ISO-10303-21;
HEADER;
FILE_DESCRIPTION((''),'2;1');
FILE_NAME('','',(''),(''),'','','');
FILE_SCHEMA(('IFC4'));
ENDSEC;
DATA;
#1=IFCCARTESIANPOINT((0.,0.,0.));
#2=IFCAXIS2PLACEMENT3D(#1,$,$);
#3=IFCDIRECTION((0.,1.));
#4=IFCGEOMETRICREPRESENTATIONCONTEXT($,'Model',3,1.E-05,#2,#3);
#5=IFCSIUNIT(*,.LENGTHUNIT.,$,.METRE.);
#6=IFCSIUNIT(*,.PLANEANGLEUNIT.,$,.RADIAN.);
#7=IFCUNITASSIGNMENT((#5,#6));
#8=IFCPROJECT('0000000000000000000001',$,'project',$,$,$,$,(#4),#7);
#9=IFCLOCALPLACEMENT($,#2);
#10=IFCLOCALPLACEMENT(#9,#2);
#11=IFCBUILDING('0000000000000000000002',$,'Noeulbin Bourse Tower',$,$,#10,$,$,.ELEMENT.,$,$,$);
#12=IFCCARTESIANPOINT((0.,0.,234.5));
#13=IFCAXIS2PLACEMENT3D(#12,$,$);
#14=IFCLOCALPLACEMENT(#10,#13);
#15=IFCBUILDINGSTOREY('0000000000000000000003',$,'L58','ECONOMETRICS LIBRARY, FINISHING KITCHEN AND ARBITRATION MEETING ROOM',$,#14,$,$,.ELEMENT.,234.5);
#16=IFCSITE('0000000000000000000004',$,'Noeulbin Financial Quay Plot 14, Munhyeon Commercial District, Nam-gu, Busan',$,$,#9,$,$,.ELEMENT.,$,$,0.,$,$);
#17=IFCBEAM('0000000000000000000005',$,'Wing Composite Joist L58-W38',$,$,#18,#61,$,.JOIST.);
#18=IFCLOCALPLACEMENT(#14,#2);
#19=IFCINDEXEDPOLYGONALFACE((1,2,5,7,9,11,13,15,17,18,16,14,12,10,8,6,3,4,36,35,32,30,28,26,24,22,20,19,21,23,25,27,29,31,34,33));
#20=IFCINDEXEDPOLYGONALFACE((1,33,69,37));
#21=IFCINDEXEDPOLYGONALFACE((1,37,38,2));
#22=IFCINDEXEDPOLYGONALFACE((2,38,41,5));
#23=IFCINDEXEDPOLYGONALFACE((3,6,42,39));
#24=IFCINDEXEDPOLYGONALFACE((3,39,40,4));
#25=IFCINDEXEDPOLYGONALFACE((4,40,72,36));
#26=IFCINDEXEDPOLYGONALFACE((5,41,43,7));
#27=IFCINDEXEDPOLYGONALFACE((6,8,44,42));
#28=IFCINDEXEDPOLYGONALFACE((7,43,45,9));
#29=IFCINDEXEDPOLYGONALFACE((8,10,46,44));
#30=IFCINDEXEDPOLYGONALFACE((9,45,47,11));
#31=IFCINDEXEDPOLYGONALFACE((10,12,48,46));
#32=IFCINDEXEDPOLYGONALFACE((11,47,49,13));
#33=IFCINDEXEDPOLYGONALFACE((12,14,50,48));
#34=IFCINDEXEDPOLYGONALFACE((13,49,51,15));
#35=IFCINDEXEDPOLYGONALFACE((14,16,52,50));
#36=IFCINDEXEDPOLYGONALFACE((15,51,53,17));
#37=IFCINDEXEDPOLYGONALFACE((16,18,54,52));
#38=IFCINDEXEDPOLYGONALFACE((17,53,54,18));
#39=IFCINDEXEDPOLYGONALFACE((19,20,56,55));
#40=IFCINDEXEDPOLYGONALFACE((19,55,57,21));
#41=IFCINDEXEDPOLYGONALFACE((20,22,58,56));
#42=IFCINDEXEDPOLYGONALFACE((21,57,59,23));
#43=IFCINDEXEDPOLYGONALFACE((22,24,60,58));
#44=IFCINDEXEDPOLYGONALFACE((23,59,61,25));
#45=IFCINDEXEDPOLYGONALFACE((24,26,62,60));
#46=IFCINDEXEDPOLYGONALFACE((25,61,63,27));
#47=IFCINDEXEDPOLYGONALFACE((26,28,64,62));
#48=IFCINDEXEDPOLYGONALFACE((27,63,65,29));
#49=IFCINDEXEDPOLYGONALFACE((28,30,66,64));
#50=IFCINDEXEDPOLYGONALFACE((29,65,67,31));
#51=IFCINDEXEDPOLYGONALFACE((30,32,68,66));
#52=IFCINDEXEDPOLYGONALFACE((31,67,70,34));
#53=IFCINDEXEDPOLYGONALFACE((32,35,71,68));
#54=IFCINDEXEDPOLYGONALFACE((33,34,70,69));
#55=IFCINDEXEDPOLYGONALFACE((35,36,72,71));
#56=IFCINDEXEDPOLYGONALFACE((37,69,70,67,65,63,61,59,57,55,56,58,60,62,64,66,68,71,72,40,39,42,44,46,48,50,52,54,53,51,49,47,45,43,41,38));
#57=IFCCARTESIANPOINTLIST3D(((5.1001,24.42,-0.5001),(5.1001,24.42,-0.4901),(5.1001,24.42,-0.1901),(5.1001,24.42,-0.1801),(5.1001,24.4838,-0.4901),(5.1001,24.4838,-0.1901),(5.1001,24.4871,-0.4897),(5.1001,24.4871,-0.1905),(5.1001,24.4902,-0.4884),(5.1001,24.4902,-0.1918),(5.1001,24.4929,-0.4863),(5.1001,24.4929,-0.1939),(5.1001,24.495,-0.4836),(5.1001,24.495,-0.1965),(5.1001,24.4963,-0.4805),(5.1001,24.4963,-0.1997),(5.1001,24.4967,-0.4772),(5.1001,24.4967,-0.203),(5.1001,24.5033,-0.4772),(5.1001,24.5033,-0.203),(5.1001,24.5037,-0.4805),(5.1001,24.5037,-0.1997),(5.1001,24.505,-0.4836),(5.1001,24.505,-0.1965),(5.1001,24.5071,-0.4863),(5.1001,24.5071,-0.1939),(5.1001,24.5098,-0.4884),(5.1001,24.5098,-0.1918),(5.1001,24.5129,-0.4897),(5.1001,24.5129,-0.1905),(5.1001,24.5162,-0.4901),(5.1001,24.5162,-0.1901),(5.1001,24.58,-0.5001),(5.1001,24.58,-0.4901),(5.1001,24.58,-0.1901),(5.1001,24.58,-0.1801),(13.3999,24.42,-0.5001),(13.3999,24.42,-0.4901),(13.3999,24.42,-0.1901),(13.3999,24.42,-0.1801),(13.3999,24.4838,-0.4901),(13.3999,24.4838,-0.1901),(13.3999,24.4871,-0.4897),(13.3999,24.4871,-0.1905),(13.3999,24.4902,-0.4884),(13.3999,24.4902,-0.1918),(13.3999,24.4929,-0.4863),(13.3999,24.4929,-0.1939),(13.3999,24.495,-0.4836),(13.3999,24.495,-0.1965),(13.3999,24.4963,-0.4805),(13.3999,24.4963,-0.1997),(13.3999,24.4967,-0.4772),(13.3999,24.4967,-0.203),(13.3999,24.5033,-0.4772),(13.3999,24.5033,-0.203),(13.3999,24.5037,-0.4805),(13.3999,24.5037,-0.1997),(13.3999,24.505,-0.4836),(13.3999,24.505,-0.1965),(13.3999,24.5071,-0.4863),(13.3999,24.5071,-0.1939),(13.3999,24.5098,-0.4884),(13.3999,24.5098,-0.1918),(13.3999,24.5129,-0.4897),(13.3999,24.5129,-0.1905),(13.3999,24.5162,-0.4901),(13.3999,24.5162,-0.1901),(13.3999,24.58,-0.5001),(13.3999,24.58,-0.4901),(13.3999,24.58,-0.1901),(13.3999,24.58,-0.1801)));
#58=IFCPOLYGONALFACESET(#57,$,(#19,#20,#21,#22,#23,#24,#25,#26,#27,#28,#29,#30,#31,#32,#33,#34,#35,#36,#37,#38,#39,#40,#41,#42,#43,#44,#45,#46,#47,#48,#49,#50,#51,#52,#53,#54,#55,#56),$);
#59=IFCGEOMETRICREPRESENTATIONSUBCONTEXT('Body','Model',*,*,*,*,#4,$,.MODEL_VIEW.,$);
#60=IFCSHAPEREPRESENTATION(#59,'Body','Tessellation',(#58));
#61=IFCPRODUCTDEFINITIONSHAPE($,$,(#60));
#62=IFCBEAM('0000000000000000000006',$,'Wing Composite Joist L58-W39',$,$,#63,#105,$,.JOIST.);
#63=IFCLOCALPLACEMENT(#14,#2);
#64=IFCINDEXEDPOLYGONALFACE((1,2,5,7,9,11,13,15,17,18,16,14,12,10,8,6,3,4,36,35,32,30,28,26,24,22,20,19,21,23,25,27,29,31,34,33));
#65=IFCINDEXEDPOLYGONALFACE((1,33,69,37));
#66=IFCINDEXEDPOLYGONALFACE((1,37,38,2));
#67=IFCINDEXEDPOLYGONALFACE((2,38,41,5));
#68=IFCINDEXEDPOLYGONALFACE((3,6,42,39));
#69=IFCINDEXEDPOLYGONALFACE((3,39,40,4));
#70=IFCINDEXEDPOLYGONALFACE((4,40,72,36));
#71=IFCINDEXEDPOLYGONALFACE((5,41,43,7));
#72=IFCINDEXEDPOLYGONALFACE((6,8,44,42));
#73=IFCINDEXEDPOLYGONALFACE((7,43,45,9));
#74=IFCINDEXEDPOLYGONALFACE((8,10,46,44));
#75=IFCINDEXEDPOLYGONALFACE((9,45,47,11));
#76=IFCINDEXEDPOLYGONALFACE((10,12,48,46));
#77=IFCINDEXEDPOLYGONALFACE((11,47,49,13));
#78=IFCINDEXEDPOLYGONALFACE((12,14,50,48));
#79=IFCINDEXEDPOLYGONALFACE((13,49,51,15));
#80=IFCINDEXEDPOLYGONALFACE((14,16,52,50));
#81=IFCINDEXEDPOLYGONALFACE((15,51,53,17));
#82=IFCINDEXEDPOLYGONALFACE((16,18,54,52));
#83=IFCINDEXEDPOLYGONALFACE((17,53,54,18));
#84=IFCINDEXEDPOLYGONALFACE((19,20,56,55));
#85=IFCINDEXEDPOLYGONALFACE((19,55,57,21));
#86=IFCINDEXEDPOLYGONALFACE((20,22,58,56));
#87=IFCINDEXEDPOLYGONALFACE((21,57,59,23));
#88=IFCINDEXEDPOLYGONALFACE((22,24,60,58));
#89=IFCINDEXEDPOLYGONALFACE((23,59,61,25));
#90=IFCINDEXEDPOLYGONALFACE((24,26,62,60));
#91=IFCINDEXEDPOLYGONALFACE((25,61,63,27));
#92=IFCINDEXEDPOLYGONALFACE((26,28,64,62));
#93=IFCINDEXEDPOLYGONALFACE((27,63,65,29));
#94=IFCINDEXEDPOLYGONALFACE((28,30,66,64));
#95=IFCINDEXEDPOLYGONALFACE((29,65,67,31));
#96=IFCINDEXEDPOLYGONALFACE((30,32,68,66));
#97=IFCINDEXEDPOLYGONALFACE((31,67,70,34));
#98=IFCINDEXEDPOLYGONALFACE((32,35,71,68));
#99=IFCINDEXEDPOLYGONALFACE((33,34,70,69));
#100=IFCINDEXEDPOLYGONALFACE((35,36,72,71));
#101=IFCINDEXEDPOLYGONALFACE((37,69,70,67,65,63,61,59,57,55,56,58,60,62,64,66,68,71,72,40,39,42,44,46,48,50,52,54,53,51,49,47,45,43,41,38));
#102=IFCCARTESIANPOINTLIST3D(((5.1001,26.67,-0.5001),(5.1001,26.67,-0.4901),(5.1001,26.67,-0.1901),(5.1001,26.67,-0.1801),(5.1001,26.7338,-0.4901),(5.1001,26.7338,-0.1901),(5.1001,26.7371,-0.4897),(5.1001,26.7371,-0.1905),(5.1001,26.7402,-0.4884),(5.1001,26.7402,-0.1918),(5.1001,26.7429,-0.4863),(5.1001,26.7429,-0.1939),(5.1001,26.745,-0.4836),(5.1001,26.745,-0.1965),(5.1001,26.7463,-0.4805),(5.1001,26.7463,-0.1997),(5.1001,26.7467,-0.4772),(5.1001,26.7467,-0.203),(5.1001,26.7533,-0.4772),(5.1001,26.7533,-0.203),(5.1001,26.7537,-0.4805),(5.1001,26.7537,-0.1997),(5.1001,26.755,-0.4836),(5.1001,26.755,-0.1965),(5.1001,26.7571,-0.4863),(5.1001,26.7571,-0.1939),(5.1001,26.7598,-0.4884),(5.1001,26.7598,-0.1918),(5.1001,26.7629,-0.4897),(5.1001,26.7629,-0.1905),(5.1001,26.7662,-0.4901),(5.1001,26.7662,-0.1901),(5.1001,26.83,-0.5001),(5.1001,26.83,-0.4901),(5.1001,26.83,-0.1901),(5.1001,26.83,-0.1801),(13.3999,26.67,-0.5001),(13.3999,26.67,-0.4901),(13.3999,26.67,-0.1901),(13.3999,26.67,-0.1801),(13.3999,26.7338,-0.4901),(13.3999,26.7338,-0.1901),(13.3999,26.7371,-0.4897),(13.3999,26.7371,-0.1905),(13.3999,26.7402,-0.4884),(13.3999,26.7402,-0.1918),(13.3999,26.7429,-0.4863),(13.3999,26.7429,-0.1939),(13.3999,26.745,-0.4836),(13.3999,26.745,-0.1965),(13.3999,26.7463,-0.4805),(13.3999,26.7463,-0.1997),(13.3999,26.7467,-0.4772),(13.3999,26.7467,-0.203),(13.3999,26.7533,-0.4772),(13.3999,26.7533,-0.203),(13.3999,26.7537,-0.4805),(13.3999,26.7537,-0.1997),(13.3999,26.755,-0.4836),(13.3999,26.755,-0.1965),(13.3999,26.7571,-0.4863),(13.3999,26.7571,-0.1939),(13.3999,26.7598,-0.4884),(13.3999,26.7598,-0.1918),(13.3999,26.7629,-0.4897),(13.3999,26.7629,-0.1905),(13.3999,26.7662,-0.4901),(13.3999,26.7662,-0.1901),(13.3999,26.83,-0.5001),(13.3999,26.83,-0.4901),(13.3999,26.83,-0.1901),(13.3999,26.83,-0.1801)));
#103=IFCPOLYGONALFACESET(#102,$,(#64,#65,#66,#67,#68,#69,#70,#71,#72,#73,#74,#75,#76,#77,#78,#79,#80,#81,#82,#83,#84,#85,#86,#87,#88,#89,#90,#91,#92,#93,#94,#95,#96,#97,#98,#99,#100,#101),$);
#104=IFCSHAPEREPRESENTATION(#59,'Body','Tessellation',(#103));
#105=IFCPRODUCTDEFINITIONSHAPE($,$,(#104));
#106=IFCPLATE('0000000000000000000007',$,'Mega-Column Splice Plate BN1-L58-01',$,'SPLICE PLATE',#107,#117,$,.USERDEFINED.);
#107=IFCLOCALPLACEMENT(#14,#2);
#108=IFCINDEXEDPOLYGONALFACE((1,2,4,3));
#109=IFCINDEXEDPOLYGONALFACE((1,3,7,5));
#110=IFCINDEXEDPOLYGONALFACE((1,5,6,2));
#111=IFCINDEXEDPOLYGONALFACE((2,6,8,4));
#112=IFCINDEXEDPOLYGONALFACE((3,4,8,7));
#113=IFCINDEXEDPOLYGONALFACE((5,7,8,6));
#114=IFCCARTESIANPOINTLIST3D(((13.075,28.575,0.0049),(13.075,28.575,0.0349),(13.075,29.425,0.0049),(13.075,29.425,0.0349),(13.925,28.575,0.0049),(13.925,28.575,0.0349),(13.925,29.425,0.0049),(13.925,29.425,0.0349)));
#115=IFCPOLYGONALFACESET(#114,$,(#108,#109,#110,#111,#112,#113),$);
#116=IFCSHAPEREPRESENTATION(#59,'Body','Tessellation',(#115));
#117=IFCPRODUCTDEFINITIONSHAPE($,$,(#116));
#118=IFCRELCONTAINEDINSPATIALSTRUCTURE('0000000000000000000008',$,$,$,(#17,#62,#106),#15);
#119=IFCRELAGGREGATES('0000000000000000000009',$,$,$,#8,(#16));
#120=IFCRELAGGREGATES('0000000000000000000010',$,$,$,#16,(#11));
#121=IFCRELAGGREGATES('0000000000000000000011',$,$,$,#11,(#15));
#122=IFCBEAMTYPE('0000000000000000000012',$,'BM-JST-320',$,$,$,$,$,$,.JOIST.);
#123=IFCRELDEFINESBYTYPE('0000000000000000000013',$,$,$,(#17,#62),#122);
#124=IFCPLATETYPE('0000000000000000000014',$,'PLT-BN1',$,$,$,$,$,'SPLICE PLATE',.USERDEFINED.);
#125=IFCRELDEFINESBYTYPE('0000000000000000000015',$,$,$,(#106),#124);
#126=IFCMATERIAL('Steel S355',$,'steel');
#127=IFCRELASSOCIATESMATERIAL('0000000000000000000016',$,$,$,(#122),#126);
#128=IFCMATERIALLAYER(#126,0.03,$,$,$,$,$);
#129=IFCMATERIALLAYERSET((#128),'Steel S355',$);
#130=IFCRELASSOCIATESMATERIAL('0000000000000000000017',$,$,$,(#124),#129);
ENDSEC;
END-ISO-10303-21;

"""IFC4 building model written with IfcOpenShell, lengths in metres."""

from ifc_helpers import new_model, si_unit, direction, frame, origin, origin_2d, place, context, subcontext, project, spatial, rectangle, i_section, extrude, material, layer, layer_set, material_profile, profile_set, type_object, element, save


model = new_model("IFC4")

# Units and contexts
model_context = context("Model", 3, precision=1e-05, world=origin(), true_north=direction((0.0, 1.0)))
body_context = subcontext(model_context, "Body", "Model", "MODEL_VIEW")
ifc_project = project(units=[si_unit("LENGTHUNIT", "METRE"), si_unit("PLANEANGLEUNIT", "RADIAN")], contexts=[model_context])

# Site, building, storey
site_placement = place(None, origin())
site = spatial("IfcSite", under=ifc_project, at=site_placement, Name="Noeulbin Financial Quay Plot 14, Munhyeon Commercial District, Nam-gu, Busan", CompositionType="ELEMENT", RefElevation=0.0)
building_placement = place(site_placement, origin())
building = spatial("IfcBuilding", under=site, at=building_placement, Name="Noeulbin Bourse Tower", CompositionType="ELEMENT")
storey_placement = place(building_placement, frame((0.0, 0.0, 234.5)))
storey = spatial("IfcBuildingStorey", under=building, at=storey_placement, Name="L58", Description="ECONOMETRICS LIBRARY, FINISHING KITCHEN AND ARBITRATION MEETING ROOM", CompositionType="ELEMENT", Elevation=234.5)

# Shared definitions
ifc_material_1 = material(Name="Steel S355", Category="steel")

# Beams
ifc_material_profile_1 = material_profile(ifc_material_1, i_section(OverallWidth=0.1599, OverallDepth=0.3201, WebThickness=0.0066, FlangeThickness=0.01, FilletRadius=0.0129, at=origin_2d()), Name="H-320x160x6.5x10", Category="LoadBearing")
ifc_profile_set_1 = profile_set([ifc_material_profile_1], Name="Steel S355")
beam_type_1 = type_object("IfcBeamType", Name="BM-JST-320", PredefinedType="JOIST", material=ifc_profile_set_1)
for number, where, z_axis, x_axis, name in (
    (1, (5.1001, 24.5, -0.3401), (1.0, 0.0, 0.0), (0.0, 1.0, 0.0), "Wing Composite Joist L58-W38"),
    (2, (5.1001, 26.75, -0.3401), (1.0, 0.0, 0.0), (0.0, 1.0, 0.0), "Wing Composite Joist L58-W39"),
):
    element("IfcBeam", number, at=place(storey_placement, frame(where, z_axis=z_axis, x_axis=x_axis)), inside=storey, type_object=beam_type_1, Name=name, PredefinedType="JOIST", context=body_context, shape_type="SweptSolid", body=[
        extrude(i_section(OverallWidth=0.1599, OverallDepth=0.3201, WebThickness=0.0066, FlangeThickness=0.01, FilletRadius=0.0129, at=origin_2d()), origin(), (0.0, 0.0, 1.0), 8.2998),
    ])

# Plate
ifc_layer_1 = layer(ifc_material_1, 0.03)
ifc_layer_set_1 = layer_set([ifc_layer_1], Name="Steel S355")
plate_type = type_object("IfcPlateType", Name="PLT-BN1", ElementType="SPLICE PLATE", PredefinedType="USERDEFINED", material=ifc_layer_set_1)
plate_placement = place(storey_placement, frame((13.5, 29.0, 0.0049), z_axis=(0.0, 0.0, 1.0), x_axis=(1.0, 0.0, 0.0)))
element("IfcPlate", 3, at=plate_placement, inside=storey, type_object=plate_type, Name="Mega-Column Splice Plate BN1-L58-01", ObjectType="SPLICE PLATE", PredefinedType="USERDEFINED", context=body_context, shape_type="SweptSolid", body=[
    extrude(rectangle(XDim=0.8501, YDim=0.8501, at=origin_2d()), origin(), (0.0, 0.0, 1.0), 0.03),
])

save(model, "model.ifc")
